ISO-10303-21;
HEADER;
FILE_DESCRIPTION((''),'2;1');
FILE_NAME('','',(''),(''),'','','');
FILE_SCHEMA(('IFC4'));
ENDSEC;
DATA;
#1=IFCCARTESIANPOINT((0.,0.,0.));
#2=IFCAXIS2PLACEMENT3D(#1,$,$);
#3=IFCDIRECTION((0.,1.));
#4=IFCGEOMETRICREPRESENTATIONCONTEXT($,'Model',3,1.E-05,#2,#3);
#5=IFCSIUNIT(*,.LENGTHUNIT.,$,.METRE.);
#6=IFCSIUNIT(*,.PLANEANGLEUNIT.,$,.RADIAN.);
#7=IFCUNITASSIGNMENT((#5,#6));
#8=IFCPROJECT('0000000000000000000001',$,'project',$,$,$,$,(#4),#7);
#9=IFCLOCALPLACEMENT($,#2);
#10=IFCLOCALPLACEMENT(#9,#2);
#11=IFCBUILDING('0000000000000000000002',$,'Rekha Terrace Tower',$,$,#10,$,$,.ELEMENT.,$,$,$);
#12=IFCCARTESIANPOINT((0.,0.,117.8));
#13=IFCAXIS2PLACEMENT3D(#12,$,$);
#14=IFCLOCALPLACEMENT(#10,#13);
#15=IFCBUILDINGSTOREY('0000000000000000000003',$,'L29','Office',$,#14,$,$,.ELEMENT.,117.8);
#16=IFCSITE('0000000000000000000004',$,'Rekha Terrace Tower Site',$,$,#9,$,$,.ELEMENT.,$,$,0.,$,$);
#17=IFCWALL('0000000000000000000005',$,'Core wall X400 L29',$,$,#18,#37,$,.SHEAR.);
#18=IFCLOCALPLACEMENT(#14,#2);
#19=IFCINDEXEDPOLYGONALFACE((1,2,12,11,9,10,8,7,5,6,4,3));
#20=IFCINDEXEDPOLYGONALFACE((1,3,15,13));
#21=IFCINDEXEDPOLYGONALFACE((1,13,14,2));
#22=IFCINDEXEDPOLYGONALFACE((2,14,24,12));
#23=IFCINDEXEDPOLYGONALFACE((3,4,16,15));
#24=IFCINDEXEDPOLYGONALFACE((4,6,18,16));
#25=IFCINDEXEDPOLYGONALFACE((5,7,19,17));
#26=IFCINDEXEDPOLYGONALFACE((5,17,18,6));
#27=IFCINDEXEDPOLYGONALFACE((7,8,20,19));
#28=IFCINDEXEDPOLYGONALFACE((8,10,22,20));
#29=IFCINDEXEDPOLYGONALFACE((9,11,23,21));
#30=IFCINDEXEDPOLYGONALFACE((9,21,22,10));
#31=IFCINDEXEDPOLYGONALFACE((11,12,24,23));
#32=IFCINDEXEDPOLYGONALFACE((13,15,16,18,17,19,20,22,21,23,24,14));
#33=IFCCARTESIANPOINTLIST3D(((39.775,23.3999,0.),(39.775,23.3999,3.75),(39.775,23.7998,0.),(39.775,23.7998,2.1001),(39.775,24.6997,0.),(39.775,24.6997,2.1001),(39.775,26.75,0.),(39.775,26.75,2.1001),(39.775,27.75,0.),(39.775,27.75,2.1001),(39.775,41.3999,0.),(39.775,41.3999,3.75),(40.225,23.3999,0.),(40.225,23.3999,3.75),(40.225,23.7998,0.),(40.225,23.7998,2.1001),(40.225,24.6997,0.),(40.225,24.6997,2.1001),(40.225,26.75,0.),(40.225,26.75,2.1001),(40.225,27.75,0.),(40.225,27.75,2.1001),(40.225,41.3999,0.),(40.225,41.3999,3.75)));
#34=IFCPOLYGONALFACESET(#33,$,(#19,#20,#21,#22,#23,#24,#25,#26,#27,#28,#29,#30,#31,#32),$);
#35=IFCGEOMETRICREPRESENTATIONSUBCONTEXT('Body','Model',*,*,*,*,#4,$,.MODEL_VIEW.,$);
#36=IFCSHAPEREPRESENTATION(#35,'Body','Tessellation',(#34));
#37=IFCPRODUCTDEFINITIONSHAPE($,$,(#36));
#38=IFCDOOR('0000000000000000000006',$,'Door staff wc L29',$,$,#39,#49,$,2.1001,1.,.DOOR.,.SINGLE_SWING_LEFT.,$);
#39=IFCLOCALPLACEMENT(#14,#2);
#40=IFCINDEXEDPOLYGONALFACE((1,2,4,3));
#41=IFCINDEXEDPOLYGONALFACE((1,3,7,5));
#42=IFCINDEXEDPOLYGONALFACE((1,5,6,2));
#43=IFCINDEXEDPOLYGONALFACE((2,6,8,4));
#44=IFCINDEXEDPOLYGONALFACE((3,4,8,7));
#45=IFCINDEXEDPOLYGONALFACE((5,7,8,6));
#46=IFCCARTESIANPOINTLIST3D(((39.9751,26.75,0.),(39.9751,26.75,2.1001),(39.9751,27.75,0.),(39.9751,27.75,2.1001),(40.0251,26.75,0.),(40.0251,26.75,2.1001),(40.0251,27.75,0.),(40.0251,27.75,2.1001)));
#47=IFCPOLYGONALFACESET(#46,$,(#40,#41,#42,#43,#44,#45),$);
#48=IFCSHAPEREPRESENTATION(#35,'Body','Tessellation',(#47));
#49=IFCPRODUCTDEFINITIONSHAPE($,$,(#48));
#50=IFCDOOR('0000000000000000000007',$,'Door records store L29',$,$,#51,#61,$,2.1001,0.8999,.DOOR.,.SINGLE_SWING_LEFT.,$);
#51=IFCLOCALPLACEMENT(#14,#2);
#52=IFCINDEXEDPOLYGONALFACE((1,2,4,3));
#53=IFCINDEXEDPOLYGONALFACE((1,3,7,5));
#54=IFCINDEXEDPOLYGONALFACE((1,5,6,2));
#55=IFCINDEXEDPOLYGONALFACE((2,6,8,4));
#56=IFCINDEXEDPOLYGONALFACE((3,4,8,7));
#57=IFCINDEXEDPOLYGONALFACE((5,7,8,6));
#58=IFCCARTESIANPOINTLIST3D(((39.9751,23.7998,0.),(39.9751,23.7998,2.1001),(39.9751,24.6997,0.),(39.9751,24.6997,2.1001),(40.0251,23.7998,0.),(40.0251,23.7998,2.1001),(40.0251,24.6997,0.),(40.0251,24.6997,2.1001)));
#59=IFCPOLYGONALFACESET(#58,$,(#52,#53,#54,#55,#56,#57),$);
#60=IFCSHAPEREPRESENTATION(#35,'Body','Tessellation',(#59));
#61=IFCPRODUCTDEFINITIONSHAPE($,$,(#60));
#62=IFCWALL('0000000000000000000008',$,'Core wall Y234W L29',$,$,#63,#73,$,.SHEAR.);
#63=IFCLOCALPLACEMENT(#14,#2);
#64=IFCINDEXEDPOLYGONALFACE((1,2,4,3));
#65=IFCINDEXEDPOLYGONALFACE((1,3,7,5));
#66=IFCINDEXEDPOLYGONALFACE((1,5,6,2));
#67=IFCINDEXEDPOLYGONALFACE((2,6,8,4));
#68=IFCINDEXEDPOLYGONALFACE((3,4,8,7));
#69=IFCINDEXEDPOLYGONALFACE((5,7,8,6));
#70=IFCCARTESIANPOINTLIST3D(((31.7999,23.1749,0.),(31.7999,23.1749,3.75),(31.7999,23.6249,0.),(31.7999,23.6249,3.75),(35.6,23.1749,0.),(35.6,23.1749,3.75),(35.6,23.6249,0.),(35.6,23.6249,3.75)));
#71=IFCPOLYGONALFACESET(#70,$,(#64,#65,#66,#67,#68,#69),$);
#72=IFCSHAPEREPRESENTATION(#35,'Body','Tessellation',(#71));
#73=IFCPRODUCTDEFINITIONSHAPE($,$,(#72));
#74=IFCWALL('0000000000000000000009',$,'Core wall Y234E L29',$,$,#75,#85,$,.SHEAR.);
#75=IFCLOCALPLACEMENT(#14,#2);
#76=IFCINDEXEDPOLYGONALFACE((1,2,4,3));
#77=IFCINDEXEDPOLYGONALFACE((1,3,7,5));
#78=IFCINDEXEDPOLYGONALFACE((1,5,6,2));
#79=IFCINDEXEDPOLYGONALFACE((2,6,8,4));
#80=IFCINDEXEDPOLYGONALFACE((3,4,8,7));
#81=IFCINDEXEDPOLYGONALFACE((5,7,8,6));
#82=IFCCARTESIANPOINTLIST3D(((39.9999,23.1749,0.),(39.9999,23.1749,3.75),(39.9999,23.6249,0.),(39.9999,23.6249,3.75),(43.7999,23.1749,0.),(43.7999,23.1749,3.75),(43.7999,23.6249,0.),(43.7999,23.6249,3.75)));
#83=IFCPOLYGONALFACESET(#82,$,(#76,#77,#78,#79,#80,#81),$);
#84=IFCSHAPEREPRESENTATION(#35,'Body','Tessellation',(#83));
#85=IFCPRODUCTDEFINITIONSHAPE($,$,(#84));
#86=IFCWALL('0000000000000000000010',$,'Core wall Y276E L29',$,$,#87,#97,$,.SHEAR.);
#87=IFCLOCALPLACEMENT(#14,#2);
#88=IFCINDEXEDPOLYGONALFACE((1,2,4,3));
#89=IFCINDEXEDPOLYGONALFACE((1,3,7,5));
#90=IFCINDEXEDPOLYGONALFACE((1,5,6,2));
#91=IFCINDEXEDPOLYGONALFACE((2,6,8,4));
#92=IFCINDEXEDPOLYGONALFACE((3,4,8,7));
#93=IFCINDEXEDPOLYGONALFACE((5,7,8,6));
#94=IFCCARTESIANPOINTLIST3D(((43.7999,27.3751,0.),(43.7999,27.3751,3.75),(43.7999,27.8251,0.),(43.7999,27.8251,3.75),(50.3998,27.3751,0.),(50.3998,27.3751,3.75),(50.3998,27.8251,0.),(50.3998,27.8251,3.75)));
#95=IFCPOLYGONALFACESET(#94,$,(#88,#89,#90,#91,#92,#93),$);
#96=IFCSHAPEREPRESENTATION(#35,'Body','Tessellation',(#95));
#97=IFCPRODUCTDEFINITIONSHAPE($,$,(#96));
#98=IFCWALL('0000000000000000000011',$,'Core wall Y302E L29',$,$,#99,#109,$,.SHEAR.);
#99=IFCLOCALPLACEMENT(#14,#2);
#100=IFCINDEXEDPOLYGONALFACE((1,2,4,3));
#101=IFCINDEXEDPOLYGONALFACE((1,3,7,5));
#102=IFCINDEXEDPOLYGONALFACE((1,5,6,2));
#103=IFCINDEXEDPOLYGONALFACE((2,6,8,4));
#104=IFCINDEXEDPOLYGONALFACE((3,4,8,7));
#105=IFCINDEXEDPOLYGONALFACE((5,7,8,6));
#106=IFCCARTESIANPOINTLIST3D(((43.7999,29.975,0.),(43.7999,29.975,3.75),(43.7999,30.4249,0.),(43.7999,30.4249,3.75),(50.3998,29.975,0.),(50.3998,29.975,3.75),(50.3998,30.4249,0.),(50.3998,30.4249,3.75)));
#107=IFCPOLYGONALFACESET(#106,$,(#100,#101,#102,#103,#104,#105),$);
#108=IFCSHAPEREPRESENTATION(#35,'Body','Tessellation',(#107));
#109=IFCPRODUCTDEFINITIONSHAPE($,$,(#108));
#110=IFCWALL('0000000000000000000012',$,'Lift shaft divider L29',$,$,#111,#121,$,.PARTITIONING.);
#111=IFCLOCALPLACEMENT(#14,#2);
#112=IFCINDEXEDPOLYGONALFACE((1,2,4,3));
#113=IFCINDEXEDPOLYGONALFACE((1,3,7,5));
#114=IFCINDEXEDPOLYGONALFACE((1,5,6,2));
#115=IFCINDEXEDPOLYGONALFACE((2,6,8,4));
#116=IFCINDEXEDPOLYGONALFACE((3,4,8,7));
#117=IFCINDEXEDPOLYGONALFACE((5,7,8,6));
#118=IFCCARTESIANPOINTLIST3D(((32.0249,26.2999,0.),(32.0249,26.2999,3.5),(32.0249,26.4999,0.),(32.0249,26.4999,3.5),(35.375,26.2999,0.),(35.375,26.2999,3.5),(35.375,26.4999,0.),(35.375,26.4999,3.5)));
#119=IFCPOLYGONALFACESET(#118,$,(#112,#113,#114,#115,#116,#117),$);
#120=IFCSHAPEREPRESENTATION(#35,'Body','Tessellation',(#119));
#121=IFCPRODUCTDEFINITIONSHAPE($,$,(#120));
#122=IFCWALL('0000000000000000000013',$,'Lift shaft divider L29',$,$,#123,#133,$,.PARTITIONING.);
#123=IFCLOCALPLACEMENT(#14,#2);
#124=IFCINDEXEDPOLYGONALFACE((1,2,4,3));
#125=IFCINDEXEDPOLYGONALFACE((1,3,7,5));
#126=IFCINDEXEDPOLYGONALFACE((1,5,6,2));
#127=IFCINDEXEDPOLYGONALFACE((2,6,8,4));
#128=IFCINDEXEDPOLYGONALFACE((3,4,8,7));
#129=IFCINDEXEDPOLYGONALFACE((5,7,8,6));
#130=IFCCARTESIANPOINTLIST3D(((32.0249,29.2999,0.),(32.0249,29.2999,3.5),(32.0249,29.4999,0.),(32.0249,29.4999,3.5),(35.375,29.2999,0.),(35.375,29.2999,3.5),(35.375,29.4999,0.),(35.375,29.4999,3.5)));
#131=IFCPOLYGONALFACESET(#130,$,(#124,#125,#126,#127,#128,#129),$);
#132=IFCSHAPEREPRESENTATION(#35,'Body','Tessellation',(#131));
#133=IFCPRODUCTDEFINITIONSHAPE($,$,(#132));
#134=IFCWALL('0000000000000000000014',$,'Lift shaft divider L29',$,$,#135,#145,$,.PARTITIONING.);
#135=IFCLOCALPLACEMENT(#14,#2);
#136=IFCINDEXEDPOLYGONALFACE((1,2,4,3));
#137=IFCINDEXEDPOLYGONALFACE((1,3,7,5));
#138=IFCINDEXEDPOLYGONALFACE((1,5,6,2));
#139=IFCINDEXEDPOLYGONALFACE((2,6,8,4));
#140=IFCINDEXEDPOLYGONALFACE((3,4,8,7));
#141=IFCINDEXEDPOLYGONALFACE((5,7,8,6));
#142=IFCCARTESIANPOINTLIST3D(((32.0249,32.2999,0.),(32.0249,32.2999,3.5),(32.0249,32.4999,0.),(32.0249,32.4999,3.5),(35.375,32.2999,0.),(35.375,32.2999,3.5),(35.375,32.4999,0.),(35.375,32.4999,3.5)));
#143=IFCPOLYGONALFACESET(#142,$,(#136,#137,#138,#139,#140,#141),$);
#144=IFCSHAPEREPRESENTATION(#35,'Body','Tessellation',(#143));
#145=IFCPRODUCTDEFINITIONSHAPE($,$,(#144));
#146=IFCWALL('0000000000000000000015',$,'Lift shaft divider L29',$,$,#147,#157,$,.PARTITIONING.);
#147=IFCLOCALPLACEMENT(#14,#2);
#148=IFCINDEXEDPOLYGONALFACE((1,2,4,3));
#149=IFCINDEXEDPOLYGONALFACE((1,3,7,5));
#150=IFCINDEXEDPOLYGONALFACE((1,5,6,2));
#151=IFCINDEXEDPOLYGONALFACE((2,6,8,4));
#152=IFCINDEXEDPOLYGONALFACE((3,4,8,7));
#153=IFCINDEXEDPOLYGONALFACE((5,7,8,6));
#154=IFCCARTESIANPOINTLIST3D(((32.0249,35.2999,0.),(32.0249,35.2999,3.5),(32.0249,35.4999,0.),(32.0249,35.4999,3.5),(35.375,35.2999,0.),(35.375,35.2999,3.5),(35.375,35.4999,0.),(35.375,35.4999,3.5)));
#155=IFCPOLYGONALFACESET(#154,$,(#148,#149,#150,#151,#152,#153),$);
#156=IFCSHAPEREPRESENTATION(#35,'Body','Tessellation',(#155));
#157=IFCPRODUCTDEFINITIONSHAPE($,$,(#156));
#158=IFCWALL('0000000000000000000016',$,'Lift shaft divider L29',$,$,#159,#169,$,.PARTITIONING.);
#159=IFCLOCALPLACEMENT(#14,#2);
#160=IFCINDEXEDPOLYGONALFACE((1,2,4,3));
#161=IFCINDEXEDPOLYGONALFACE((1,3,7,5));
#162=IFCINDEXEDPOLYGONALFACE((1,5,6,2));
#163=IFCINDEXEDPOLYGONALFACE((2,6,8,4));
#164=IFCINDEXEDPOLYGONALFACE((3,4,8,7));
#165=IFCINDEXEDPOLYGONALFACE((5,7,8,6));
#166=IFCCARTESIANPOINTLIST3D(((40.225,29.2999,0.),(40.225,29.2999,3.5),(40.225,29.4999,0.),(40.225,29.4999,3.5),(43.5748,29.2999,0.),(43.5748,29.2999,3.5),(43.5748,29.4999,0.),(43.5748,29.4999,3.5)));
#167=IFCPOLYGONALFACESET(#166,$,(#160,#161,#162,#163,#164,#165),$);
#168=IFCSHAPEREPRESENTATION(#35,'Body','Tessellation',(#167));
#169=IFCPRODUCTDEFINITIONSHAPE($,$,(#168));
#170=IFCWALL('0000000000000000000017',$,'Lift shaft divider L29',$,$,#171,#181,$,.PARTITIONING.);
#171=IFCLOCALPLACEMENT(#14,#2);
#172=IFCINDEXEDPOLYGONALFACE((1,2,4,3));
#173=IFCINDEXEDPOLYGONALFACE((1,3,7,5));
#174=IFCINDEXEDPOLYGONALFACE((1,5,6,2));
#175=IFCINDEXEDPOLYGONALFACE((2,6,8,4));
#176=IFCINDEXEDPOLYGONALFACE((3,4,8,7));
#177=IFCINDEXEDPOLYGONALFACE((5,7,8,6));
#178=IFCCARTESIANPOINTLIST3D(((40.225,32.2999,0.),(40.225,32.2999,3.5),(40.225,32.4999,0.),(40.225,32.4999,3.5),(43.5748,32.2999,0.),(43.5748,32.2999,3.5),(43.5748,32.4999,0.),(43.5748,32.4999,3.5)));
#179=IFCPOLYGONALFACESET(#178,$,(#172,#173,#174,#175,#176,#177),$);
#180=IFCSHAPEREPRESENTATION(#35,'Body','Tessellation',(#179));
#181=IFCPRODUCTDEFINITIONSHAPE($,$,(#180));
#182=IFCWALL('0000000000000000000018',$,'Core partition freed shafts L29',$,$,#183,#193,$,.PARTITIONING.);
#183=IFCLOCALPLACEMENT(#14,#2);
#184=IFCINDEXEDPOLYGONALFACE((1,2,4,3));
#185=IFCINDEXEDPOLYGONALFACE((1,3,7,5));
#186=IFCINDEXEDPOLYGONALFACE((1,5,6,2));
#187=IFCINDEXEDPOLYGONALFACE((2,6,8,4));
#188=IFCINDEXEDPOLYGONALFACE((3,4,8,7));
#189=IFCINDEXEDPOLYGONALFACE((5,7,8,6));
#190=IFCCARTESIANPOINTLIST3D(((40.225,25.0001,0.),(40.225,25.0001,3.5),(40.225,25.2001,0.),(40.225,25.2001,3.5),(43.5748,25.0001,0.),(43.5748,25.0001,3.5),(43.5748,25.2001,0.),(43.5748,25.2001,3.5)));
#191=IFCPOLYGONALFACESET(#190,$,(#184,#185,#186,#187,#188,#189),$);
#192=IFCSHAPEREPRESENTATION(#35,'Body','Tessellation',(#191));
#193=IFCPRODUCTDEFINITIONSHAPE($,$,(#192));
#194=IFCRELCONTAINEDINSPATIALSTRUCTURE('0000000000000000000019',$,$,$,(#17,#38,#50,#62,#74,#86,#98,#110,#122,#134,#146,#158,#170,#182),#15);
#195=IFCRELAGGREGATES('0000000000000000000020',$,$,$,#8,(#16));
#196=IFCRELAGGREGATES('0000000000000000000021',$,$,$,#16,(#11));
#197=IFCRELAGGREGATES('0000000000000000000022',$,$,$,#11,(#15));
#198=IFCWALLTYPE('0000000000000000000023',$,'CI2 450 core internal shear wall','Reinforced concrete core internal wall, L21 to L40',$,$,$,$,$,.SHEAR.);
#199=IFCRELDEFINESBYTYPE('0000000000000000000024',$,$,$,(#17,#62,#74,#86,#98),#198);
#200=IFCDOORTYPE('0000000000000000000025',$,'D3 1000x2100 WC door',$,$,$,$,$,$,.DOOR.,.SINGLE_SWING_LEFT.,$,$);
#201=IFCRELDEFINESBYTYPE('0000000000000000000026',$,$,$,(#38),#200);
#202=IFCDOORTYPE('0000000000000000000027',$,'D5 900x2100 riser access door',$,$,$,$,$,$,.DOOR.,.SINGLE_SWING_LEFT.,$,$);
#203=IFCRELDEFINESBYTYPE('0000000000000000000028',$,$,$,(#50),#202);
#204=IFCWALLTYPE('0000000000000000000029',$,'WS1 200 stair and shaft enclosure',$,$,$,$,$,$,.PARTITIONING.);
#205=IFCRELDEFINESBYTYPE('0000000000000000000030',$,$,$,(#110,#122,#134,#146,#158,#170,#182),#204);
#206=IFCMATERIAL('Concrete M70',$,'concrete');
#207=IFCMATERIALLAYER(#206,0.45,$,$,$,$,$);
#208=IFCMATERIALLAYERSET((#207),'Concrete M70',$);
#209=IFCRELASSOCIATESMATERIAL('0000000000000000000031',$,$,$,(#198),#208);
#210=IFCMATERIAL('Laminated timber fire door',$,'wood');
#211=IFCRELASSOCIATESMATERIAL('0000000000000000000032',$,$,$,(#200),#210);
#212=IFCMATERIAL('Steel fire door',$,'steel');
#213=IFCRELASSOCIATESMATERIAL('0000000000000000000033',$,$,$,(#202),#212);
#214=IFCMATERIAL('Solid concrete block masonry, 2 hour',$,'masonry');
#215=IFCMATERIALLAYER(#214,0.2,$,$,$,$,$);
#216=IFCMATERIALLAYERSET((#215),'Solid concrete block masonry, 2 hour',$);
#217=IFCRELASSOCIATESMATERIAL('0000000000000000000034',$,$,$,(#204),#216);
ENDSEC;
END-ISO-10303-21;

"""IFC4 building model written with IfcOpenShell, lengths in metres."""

from ifc_helpers import new_model, si_unit, direction, frame, frame_2d, origin, place, context, subcontext, project, spatial, rectangle, extrude, material, layer, layer_set, type_object, element, fill, save


model = new_model("IFC4")

# Units and contexts
model_context = context("Model", 3, precision=1e-05, world=origin(), true_north=direction((0.0, 1.0)))
body_context = subcontext(model_context, "Body", "Model", "MODEL_VIEW")
ifc_project = project(units=[si_unit("LENGTHUNIT", "METRE"), si_unit("PLANEANGLEUNIT", "RADIAN")], contexts=[model_context])

# Site, building, storey
site_placement = place(None, origin())
site = spatial("IfcSite", under=ifc_project, at=site_placement, Name="Rekha Terrace Tower Site", CompositionType="ELEMENT", RefElevation=0.0)
building_placement = place(site_placement, origin())
building = spatial("IfcBuilding", under=site, at=building_placement, Name="Rekha Terrace Tower", CompositionType="ELEMENT")
storey_placement = place(building_placement, frame((0.0, 0.0, 117.8)))
storey = spatial("IfcBuildingStorey", under=building, at=storey_placement, Name="L29", Description="Office", CompositionType="ELEMENT", Elevation=117.8)

# Wall, openings, doors
ifc_material_1 = material(Name="Concrete M70", Category="concrete")
ifc_layer_1 = layer(ifc_material_1, 0.45)
ifc_layer_set_1 = layer_set([ifc_layer_1], Name="Concrete M70")
wall_type_1 = type_object("IfcWallType", Name="CI2 450 core internal shear wall", Description="Reinforced concrete core internal wall, L21 to L40", PredefinedType="SHEAR", material=ifc_layer_set_1)
wall_1_placement = place(storey_placement, frame((40.0, 23.3999, 0.0), z_axis=(0.0, 0.0, 1.0), x_axis=(0.0, 1.0, 0.0)))
wall_1 = element("IfcWall", 1, at=wall_1_placement, inside=storey, type_object=wall_type_1, Name="Core wall X400 L29", PredefinedType="SHEAR", context=body_context, shape_type="SweptSolid", body=[
    extrude(rectangle(XDim=18.0, YDim=0.45, at=frame_2d((9.0, 0.0))), origin(), (0.0, 0.0, 1.0), 3.75),
])
opening_1_placement = place(wall_1_placement, frame((0.3999, 0.0, 0.0)))
opening_1 = element("IfcOpeningElement", 2, at=opening_1_placement, cuts=wall_1, PredefinedType="OPENING", context=body_context, shape_type="SweptSolid", body=[
    extrude(rectangle(XDim=0.8999, YDim=2.1001, at=frame_2d((0.45, 1.05))), frame((0.0, 0.2349, 0.0), z_axis=(0.0, -1.0, 0.0), x_axis=(1.0, 0.0, 0.0)), (0.0, 0.0, 1.0), 0.47),
])
opening_2_placement = place(wall_1_placement, frame((3.3501, 0.0, 0.0)))
opening_2 = element("IfcOpeningElement", 3, at=opening_2_placement, cuts=wall_1, PredefinedType="OPENING", context=body_context, shape_type="SweptSolid", body=[
    extrude(rectangle(XDim=1.0, YDim=2.1001, at=frame_2d((0.5, 1.05))), frame((0.0, 0.2349, 0.0), z_axis=(0.0, -1.0, 0.0), x_axis=(1.0, 0.0, 0.0)), (0.0, 0.0, 1.0), 0.47),
])
ifc_material_2 = material(Name="Laminated timber fire door", Category="wood")
door_type_1 = type_object("IfcDoorType", Name="D3 1000x2100 WC door", OperationType="SINGLE_SWING_LEFT", PredefinedType="DOOR", material=ifc_material_2)
door_1_placement = place(opening_2_placement, origin())
door_1 = element("IfcDoor", 4, at=door_1_placement, inside=storey, type_object=door_type_1, Name="Door staff wc L29", OperationType="SINGLE_SWING_LEFT", OverallHeight=2.1001, OverallWidth=1.0, PredefinedType="DOOR", context=body_context, shape_type="SweptSolid", body=[
    extrude(rectangle(XDim=1.0, YDim=2.1001, at=frame_2d((0.5, 1.05))), frame((0.0, 0.0249, 0.0), z_axis=(0.0, -1.0, 0.0), x_axis=(1.0, 0.0, 0.0)), (0.0, 0.0, 1.0), 0.05),
])
fill(opening_2, door_1)
ifc_material_3 = material(Name="Steel fire door", Category="steel")
door_type_2 = type_object("IfcDoorType", Name="D5 900x2100 riser access door", OperationType="SINGLE_SWING_LEFT", PredefinedType="DOOR", material=ifc_material_3)
door_2_placement = place(opening_1_placement, origin())
door_2 = element("IfcDoor", 5, at=door_2_placement, inside=storey, type_object=door_type_2, Name="Door records store L29", OperationType="SINGLE_SWING_LEFT", OverallHeight=2.1001, OverallWidth=0.8999, PredefinedType="DOOR", context=body_context, shape_type="SweptSolid", body=[
    extrude(rectangle(XDim=0.8999, YDim=2.1001, at=frame_2d((0.45, 1.05))), frame((0.0, 0.0249, 0.0), z_axis=(0.0, -1.0, 0.0), x_axis=(1.0, 0.0, 0.0)), (0.0, 0.0, 1.0), 0.05),
])
fill(opening_1, door_2)

# Walls
for number, where, z_axis, x_axis, name in (
    (6, (31.8, 23.3999, 0.0), (0.0, 0.0, 1.0), (1.0, 0.0, 0.0), "Core wall Y234W L29"),
    (7, (40.0, 23.3999, 0.0), (0.0, 0.0, 1.0), (1.0, 0.0, 0.0), "Core wall Y234E L29"),
):
    element("IfcWall", number, at=place(storey_placement, frame(where, z_axis=z_axis, x_axis=x_axis)), inside=storey, type_object=wall_type_1, Name=name, PredefinedType="SHEAR", context=body_context, shape_type="SweptSolid", body=[
        extrude(rectangle(XDim=3.8, YDim=0.45, at=frame_2d((1.8999, 0.0))), origin(), (0.0, 0.0, 1.0), 3.75),
    ])
for number, where, z_axis, x_axis, name in (
    (8, (43.8, 27.6001, 0.0), (0.0, 0.0, 1.0), (1.0, 0.0, 0.0), "Core wall Y276E L29"),
    (9, (43.8, 30.2, 0.0), (0.0, 0.0, 1.0), (1.0, 0.0, 0.0), "Core wall Y302E L29"),
):
    element("IfcWall", number, at=place(storey_placement, frame(where, z_axis=z_axis, x_axis=x_axis)), inside=storey, type_object=wall_type_1, Name=name, PredefinedType="SHEAR", context=body_context, shape_type="SweptSolid", body=[
        extrude(rectangle(XDim=6.5999, YDim=0.45, at=frame_2d((3.2998, 0.0))), origin(), (0.0, 0.0, 1.0), 3.75),
    ])
ifc_material_4 = material(Name="Solid concrete block masonry, 2 hour", Category="masonry")
ifc_layer_2 = layer(ifc_material_4, 0.2)
ifc_layer_set_2 = layer_set([ifc_layer_2], Name="Solid concrete block masonry, 2 hour")
wall_type_2 = type_object("IfcWallType", Name="WS1 200 stair and shaft enclosure", PredefinedType="PARTITIONING", material=ifc_layer_set_2)
for number, where, z_axis, x_axis, name in (
    (10, (32.0249, 26.3999, 0.0), (0.0, 0.0, 1.0), (1.0, 0.0, 0.0), "Lift shaft divider L29"),
    (11, (32.0249, 29.3999, 0.0), (0.0, 0.0, 1.0), (1.0, 0.0, 0.0), "Lift shaft divider L29"),
    (12, (32.0249, 32.3999, 0.0), (0.0, 0.0, 1.0), (1.0, 0.0, 0.0), "Lift shaft divider L29"),
    (13, (32.0249, 35.3999, 0.0), (0.0, 0.0, 1.0), (1.0, 0.0, 0.0), "Lift shaft divider L29"),
):
    element("IfcWall", number, at=place(storey_placement, frame(where, z_axis=z_axis, x_axis=x_axis)), inside=storey, type_object=wall_type_2, Name=name, PredefinedType="PARTITIONING", context=body_context, shape_type="SweptSolid", body=[
        extrude(rectangle(XDim=3.3501, YDim=0.2, at=frame_2d((1.675, 0.0))), origin(), (0.0, 0.0, 1.0), 3.5),
    ])
for number, where, z_axis, x_axis, name in (
    (14, (40.2251, 29.3999, 0.0), (0.0, 0.0, 1.0), (1.0, 0.0, 0.0), "Lift shaft divider L29"),
    (15, (40.2251, 32.3999, 0.0), (0.0, 0.0, 1.0), (1.0, 0.0, 0.0), "Lift shaft divider L29"),
    (16, (40.2251, 25.1001, 0.0), (0.0, 0.0, 1.0), (1.0, 0.0, 0.0), "Core partition freed shafts L29"),
):
    element("IfcWall", number, at=place(storey_placement, frame(where, z_axis=z_axis, x_axis=x_axis)), inside=storey, type_object=wall_type_2, Name=name, PredefinedType="PARTITIONING", context=body_context, shape_type="SweptSolid", body=[
        extrude(rectangle(XDim=3.3499, YDim=0.2, at=frame_2d((1.6748, 0.0))), origin(), (0.0, 0.0, 1.0), 3.5),
    ])

save(model, "model.ifc")
